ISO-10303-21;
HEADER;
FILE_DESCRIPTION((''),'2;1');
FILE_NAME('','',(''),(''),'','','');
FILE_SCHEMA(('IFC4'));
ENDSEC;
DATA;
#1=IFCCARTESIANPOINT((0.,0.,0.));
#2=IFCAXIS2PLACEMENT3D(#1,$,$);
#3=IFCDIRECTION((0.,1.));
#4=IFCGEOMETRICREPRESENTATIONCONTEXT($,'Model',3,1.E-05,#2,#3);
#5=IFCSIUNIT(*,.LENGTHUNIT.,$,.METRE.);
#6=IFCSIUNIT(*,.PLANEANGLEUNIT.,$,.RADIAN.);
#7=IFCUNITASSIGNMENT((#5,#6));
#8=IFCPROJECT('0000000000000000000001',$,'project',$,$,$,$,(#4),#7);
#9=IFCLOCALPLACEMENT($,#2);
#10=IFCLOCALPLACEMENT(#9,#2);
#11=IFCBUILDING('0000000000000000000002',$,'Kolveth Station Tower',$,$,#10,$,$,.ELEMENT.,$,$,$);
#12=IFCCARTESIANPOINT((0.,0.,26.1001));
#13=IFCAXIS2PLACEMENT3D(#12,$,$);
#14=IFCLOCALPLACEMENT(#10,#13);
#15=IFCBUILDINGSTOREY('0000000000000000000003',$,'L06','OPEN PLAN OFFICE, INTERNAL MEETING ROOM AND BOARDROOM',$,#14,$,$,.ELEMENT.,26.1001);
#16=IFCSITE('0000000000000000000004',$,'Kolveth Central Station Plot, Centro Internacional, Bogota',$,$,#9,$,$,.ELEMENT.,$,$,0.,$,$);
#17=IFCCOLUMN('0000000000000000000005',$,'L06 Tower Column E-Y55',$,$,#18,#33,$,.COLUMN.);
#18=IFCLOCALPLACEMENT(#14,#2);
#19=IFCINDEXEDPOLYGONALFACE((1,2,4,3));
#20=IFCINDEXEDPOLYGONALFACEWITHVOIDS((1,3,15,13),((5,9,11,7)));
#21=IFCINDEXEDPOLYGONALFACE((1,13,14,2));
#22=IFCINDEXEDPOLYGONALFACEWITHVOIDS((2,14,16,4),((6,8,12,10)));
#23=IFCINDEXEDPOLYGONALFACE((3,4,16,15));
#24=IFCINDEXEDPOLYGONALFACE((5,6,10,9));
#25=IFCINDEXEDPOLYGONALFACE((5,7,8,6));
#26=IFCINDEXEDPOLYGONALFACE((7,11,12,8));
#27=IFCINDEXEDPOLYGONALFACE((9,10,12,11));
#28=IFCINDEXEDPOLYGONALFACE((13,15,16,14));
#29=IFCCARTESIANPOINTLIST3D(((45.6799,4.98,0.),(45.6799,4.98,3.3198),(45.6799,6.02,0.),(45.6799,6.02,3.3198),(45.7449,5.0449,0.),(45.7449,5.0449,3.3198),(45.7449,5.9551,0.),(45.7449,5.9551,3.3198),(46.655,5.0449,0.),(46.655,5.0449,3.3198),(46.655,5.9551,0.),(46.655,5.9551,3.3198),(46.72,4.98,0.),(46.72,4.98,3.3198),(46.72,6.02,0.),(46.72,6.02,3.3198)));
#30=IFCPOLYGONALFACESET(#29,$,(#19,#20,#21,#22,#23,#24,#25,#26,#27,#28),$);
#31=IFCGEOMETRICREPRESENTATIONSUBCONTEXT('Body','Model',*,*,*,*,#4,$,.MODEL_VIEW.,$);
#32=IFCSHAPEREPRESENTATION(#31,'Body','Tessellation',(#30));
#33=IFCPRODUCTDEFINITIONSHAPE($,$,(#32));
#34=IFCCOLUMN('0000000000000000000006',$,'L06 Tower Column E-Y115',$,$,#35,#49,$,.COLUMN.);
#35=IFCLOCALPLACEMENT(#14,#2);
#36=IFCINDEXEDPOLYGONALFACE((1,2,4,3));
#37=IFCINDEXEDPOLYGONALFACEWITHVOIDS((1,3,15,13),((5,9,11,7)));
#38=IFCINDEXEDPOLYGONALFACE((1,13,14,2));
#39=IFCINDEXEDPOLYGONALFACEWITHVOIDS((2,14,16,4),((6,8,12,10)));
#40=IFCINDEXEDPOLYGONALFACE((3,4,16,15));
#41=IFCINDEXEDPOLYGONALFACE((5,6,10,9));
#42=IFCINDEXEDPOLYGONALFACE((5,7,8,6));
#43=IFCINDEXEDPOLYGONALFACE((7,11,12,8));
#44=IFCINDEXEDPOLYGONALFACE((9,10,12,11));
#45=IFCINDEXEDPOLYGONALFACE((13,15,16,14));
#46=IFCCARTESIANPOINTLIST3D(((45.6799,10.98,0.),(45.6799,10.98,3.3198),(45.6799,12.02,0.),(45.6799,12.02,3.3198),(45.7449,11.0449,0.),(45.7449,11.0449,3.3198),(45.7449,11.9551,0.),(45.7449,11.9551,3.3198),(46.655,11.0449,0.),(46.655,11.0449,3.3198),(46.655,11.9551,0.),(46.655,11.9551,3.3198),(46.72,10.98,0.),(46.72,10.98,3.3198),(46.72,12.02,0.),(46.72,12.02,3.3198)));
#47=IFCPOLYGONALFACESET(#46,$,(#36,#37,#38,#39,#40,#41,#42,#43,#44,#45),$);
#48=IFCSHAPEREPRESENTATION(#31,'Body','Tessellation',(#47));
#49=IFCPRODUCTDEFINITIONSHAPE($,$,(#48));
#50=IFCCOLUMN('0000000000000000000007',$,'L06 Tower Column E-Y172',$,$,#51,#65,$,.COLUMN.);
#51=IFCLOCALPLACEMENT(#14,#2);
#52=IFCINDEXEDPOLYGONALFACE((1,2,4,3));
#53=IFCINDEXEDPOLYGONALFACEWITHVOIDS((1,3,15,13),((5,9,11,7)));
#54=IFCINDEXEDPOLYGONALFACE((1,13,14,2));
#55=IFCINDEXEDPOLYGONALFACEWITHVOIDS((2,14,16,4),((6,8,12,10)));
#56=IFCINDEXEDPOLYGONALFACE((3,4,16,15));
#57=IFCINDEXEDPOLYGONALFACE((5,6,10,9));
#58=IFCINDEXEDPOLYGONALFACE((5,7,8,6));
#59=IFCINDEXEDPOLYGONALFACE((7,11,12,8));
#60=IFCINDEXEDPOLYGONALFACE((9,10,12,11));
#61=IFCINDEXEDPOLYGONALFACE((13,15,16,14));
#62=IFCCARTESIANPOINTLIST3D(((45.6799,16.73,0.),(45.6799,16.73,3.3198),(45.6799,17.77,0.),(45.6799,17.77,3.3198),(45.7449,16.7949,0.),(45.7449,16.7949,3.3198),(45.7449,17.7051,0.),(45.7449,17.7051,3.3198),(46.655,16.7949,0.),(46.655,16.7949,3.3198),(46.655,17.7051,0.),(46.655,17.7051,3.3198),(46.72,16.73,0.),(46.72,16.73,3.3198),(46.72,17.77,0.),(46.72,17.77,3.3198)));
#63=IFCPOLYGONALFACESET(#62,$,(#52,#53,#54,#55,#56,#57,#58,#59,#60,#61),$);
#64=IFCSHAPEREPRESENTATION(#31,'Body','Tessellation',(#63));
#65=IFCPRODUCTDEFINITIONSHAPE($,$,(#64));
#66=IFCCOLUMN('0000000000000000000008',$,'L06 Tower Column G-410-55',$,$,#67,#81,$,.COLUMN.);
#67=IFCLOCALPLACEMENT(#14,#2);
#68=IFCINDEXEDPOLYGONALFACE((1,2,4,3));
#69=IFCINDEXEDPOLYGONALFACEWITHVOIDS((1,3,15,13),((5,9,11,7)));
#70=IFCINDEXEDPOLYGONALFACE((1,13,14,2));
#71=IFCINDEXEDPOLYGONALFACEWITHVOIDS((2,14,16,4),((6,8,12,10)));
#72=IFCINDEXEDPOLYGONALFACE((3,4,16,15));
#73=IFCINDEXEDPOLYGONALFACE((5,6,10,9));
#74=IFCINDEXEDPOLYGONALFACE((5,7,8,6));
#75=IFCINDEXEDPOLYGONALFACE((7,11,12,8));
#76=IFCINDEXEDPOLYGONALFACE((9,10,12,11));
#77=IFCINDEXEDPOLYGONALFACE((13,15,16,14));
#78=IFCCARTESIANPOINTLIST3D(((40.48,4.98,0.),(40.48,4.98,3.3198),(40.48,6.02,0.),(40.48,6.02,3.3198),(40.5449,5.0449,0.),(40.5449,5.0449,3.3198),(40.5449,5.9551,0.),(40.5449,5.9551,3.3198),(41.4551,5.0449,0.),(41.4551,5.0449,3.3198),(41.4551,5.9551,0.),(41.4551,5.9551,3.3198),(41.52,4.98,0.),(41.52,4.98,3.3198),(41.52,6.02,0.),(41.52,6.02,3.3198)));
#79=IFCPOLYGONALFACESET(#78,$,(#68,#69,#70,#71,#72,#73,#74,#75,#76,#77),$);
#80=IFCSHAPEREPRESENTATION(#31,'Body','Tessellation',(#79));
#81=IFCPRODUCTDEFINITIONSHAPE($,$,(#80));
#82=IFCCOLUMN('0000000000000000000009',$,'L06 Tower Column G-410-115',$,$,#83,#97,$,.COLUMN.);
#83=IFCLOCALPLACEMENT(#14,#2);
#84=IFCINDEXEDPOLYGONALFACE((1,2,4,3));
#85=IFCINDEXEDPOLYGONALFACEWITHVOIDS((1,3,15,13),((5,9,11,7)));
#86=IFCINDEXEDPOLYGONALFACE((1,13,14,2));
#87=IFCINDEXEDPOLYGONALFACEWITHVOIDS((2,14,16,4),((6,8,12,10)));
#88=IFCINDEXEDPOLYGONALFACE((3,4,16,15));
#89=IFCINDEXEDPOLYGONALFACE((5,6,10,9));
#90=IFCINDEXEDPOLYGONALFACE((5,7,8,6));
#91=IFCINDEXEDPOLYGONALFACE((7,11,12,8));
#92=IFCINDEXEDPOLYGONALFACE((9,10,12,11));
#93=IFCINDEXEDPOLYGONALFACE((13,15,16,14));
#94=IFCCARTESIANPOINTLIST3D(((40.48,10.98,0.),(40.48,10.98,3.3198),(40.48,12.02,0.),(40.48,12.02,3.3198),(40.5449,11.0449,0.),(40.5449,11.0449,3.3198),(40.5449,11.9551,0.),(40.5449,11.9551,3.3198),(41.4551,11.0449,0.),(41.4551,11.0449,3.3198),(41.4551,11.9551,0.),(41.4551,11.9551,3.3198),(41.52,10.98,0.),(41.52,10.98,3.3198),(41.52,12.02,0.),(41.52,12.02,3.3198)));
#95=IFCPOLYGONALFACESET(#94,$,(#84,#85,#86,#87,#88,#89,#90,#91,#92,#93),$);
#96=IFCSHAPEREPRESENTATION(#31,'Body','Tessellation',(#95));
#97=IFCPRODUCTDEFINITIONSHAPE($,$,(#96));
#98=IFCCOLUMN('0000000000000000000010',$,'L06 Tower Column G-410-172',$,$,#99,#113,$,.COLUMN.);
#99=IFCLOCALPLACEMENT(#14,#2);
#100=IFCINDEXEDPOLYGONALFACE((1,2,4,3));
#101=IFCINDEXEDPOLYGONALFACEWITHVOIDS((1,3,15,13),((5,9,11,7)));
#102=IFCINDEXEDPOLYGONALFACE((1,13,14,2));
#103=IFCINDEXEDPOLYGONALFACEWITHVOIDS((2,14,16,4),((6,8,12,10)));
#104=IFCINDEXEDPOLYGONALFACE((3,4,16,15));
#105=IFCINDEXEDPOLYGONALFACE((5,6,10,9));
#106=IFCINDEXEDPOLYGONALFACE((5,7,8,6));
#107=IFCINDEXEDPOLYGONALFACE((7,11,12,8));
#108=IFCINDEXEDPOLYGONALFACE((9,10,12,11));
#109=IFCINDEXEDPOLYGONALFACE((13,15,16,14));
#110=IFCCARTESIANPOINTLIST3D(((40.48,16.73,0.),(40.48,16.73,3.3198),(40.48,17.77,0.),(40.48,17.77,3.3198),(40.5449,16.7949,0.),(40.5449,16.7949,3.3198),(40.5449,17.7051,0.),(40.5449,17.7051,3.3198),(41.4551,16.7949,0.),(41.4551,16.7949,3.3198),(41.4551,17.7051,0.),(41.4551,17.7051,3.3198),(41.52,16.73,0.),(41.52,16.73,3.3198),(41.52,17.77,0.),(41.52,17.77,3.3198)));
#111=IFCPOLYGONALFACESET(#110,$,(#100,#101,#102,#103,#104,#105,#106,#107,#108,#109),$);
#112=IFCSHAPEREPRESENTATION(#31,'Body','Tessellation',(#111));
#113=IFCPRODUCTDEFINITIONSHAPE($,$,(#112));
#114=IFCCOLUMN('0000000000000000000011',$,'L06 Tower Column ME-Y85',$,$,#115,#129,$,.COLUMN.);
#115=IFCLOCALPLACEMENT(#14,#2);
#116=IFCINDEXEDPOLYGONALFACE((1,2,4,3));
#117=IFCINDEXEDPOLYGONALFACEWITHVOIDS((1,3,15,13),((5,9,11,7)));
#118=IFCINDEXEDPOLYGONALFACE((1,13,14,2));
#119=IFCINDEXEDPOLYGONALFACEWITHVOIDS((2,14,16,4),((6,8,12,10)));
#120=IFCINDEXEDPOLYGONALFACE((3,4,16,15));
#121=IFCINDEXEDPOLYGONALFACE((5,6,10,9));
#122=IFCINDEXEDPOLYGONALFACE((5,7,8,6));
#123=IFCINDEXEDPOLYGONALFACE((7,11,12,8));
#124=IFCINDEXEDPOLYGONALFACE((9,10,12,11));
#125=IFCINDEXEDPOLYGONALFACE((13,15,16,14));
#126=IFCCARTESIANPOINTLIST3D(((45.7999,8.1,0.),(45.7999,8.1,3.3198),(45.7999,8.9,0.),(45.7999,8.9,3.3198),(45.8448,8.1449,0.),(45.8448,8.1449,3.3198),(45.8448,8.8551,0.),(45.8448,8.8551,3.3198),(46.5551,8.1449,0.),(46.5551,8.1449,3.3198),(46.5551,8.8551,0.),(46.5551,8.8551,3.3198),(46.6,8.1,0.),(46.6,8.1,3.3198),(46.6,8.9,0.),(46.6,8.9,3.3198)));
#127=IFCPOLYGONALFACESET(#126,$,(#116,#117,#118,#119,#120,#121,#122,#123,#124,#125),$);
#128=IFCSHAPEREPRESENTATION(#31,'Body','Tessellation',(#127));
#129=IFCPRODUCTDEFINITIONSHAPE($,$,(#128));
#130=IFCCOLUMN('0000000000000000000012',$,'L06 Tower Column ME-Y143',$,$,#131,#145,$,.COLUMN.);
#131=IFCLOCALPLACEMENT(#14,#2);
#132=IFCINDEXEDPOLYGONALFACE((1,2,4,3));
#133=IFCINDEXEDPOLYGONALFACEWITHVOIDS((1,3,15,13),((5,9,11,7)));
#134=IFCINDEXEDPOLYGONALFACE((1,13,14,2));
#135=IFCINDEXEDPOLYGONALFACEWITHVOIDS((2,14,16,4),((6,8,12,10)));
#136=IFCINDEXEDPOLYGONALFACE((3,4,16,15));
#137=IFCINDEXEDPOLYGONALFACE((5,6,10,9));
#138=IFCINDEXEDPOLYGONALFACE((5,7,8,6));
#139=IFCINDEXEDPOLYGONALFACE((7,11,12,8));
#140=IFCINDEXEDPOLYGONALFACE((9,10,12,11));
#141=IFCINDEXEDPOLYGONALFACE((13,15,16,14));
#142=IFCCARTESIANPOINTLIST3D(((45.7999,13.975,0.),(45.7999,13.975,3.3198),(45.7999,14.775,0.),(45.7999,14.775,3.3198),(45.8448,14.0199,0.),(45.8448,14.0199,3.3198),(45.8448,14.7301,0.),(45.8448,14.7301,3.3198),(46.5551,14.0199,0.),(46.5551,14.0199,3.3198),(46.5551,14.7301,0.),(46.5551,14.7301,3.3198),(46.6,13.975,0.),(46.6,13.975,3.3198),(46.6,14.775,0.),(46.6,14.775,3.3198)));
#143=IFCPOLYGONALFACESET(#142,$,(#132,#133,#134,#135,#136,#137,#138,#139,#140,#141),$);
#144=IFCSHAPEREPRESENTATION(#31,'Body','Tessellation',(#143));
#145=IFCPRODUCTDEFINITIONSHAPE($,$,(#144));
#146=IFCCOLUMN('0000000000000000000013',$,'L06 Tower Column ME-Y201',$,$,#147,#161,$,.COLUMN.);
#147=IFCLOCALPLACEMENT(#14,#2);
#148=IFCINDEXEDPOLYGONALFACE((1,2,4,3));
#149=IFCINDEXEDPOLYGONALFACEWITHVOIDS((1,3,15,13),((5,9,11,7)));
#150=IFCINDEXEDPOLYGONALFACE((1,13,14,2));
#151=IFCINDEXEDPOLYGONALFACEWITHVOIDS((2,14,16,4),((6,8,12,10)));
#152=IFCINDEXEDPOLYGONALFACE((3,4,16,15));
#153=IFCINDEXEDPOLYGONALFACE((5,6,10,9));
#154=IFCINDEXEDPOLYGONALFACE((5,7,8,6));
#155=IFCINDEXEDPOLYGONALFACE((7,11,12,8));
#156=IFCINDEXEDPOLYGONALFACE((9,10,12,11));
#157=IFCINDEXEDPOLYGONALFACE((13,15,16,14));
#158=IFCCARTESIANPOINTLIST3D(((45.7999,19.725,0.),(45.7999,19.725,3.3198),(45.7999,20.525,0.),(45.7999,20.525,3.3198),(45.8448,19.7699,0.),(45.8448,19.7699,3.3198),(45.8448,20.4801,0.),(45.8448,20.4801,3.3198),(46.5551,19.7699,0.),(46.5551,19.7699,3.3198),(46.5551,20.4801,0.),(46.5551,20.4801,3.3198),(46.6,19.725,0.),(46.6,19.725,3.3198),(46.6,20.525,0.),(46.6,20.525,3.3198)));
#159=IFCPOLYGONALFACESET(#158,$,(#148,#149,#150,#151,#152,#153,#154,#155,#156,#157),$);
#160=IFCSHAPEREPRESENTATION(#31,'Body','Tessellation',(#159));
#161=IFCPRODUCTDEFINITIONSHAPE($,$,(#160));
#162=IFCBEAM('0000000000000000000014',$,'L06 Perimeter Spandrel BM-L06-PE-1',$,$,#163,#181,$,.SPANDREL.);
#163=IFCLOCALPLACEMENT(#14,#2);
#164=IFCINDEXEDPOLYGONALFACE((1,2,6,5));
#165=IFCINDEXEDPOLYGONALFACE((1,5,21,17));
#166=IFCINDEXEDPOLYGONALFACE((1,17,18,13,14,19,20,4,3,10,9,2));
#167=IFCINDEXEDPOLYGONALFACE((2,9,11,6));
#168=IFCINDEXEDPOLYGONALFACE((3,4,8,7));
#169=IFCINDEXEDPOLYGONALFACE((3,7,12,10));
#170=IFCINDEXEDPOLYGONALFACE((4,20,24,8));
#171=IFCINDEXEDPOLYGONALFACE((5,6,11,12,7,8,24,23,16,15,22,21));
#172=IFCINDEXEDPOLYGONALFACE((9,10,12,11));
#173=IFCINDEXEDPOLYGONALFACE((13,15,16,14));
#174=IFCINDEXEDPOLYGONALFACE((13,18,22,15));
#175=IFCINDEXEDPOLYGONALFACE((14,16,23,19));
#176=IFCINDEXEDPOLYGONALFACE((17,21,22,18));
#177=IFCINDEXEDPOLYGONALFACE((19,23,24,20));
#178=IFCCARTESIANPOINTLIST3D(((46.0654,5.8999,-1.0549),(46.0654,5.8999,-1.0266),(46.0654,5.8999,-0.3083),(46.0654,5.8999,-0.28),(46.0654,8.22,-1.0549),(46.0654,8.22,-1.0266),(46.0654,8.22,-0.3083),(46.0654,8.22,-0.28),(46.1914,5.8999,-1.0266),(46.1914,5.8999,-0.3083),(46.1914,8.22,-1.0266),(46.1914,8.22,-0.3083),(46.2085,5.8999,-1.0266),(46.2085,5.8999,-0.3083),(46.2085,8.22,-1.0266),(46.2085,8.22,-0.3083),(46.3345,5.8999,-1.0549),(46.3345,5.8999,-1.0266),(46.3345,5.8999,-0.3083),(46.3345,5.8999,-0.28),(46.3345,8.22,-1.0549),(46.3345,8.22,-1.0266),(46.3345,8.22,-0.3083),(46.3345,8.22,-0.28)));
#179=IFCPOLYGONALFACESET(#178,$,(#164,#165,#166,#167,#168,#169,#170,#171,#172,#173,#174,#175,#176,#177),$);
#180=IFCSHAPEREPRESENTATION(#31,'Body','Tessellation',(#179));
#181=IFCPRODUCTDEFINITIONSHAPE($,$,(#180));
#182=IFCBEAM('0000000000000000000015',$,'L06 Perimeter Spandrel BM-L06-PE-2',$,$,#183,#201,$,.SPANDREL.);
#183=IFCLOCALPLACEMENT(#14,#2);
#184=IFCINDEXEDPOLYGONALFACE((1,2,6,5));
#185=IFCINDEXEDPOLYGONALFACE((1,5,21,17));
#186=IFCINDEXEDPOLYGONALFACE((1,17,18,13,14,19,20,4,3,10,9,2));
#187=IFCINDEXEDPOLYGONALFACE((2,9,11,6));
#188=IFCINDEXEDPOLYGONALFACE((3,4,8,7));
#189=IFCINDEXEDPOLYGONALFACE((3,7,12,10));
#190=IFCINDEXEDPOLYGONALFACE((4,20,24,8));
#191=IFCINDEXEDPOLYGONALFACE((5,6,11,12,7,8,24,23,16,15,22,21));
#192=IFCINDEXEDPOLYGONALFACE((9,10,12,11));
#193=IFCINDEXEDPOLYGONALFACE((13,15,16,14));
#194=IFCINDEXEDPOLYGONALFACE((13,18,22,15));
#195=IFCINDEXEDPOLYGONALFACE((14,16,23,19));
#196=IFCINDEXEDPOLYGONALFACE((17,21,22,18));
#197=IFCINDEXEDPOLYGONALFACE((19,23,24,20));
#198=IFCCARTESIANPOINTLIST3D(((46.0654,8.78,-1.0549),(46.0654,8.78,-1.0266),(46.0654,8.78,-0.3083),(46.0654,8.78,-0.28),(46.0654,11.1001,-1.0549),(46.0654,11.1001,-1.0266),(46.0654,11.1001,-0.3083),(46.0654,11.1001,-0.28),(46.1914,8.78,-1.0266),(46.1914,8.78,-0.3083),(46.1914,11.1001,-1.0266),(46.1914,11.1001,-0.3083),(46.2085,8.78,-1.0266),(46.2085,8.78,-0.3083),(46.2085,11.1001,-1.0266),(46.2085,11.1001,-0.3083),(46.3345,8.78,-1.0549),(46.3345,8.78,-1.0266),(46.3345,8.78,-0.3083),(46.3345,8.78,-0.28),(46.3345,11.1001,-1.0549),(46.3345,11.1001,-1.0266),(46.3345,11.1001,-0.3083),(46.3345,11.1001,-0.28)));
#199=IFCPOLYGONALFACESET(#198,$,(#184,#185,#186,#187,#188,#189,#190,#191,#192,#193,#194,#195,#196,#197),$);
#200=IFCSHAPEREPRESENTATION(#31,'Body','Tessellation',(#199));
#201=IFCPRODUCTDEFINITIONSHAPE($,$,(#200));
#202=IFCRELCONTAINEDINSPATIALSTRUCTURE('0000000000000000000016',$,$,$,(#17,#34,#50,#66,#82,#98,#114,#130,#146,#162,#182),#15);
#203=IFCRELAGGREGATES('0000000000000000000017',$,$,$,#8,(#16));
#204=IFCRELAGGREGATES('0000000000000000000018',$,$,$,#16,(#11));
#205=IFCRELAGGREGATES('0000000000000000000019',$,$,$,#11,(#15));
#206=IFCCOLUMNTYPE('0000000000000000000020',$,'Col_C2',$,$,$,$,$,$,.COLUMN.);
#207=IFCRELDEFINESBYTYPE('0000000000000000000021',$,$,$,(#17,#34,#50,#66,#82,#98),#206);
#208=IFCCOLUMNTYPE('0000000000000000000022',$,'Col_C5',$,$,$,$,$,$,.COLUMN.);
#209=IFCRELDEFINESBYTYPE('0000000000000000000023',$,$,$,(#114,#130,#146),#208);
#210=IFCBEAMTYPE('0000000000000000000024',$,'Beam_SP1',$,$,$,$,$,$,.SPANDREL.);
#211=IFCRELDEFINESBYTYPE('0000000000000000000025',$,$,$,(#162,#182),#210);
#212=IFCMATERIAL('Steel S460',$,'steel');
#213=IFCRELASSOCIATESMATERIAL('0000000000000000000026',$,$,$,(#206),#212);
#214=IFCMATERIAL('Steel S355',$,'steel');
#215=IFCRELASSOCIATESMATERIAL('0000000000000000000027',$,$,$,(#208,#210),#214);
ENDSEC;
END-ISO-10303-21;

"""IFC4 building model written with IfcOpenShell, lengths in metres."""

from ifc_helpers import new_model, si_unit, direction, frame, origin, origin_2d, place, context, subcontext, project, spatial, hollow_rectangle, i_section, extrude, source, transform, mapped, material, material_profile, profile_set, type_object, element, save


model = new_model("IFC4")

# Units and contexts
model_context = context("Model", 3, precision=1e-05, world=origin(), true_north=direction((0.0, 1.0)))
body_context = subcontext(model_context, "Body", "Model", "MODEL_VIEW")
ifc_project = project(units=[si_unit("LENGTHUNIT", "METRE"), si_unit("PLANEANGLEUNIT", "RADIAN")], contexts=[model_context])

# Site, building, storey
site_placement = place(None, origin())
site = spatial("IfcSite", under=ifc_project, at=site_placement, Name="Kolveth Central Station Plot, Centro Internacional, Bogota", CompositionType="ELEMENT", RefElevation=0.0)
building_placement = place(site_placement, origin())
building = spatial("IfcBuilding", under=site, at=building_placement, Name="Kolveth Station Tower", CompositionType="ELEMENT")
storey_placement = place(building_placement, frame((0.0, 0.0, 26.1001)))
storey = spatial("IfcBuildingStorey", under=building, at=storey_placement, Name="L06", Description="OPEN PLAN OFFICE, INTERNAL MEETING ROOM AND BOARDROOM", CompositionType="ELEMENT", Elevation=26.1001)

# Columns
ifc_material_1 = material(Name="Steel S460", Category="steel")
ifc_material_profile_1 = material_profile(ifc_material_1, hollow_rectangle(XDim=1.04, YDim=1.04, WallThickness=0.0649, at=origin_2d()), Name="BOX1040x1040x65")
ifc_profile_set_1 = profile_set([ifc_material_profile_1], Name="Steel S460")
column_type_1 = type_object("IfcColumnType", Name="Col_C2", PredefinedType="COLUMN", material=ifc_profile_set_1)
shared_shape_1 = source(origin(), body_context, "Body", "SweptSolid", [
    extrude(hollow_rectangle(XDim=1.04, YDim=1.04, WallThickness=0.0649, at=origin_2d()), origin(), (0.0, 0.0, 1.0), 3.3198),
])
for number, where, z_axis, x_axis, name in (
    (1, (46.2, 5.5, 0.0), (0.0, 0.0, 1.0), (1.0, 0.0, 0.0), "L06 Tower Column E-Y55"),
    (2, (46.2, 11.5, 0.0), (0.0, 0.0, 1.0), (1.0, 0.0, 0.0), "L06 Tower Column E-Y115"),
    (3, (46.2, 17.25, 0.0), (0.0, 0.0, 1.0), (1.0, 0.0, 0.0), "L06 Tower Column E-Y172"),
    (4, (41.0, 5.5, 0.0), (0.0, 0.0, 1.0), (1.0, 0.0, 0.0), "L06 Tower Column G-410-55"),
    (5, (41.0, 11.5, 0.0), (0.0, 0.0, 1.0), (1.0, 0.0, 0.0), "L06 Tower Column G-410-115"),
    (6, (41.0, 17.25, 0.0), (0.0, 0.0, 1.0), (1.0, 0.0, 0.0), "L06 Tower Column G-410-172"),
):
    element("IfcColumn", number, at=place(storey_placement, frame(where, z_axis=z_axis, x_axis=x_axis)), inside=storey, type_object=column_type_1, Name=name, PredefinedType="COLUMN", context=body_context, shape_type="MappedRepresentation", body=[
        mapped(shared_shape_1, transform((0.0, 0.0, 0.0), x_axis=(1.0, 0.0, 0.0), y_axis=(0.0, 1.0, 0.0), z_axis=(0.0, 0.0, 1.0), scale=1.0)),
    ])
ifc_material_2 = material(Name="Steel S355", Category="steel")
ifc_material_profile_2 = material_profile(ifc_material_2, hollow_rectangle(XDim=0.8, YDim=0.8, WallThickness=0.0449, at=origin_2d()), Name="BOX800x800x45")
ifc_profile_set_2 = profile_set([ifc_material_profile_2], Name="Steel S355")
column_type_2 = type_object("IfcColumnType", Name="Col_C5", PredefinedType="COLUMN", material=ifc_profile_set_2)
shared_shape_2 = source(origin(), body_context, "Body", "SweptSolid", [
    extrude(hollow_rectangle(XDim=0.8, YDim=0.8, WallThickness=0.0449, at=origin_2d()), origin(), (0.0, 0.0, 1.0), 3.3198),
])
for number, where, z_axis, x_axis, name in (
    (7, (46.2, 8.5, 0.0), (0.0, 0.0, 1.0), (1.0, 0.0, 0.0), "L06 Tower Column ME-Y85"),
    (8, (46.2, 14.375, 0.0), (0.0, 0.0, 1.0), (1.0, 0.0, 0.0), "L06 Tower Column ME-Y143"),
    (9, (46.2, 20.125, 0.0), (0.0, 0.0, 1.0), (1.0, 0.0, 0.0), "L06 Tower Column ME-Y201"),
):
    element("IfcColumn", number, at=place(storey_placement, frame(where, z_axis=z_axis, x_axis=x_axis)), inside=storey, type_object=column_type_2, Name=name, PredefinedType="COLUMN", context=body_context, shape_type="MappedRepresentation", body=[
        mapped(shared_shape_2, transform((0.0, 0.0, 0.0), x_axis=(1.0, 0.0, 0.0), y_axis=(0.0, 1.0, 0.0), z_axis=(0.0, 0.0, 1.0), scale=1.0)),
    ])

# Beams
ifc_material_profile_3 = material_profile(ifc_material_2, i_section(OverallWidth=0.269, OverallDepth=0.7749, WebThickness=0.0171, FlangeThickness=0.0283, at=origin_2d()), Name="W760x220")
ifc_profile_set_3 = profile_set([ifc_material_profile_3], Name="Steel S355")
beam_type_1 = type_object("IfcBeamType", Name="Beam_SP1", PredefinedType="SPANDREL", material=ifc_profile_set_3)
shared_shape_3 = source(origin(), body_context, "Body", "SweptSolid", [
    extrude(i_section(OverallWidth=0.269, OverallDepth=0.7749, WebThickness=0.0171, FlangeThickness=0.0283, at=origin_2d()), origin(), (0.0, 0.0, 1.0), 2.3201),
])
for number, where, z_axis, x_axis, name in (
    (10, (46.2, 5.8999, -0.6675), (0.0, 1.0, 0.0), (-1.0, 0.0, 0.0), "L06 Perimeter Spandrel BM-L06-PE-1"),
    (11, (46.2, 8.78, -0.6675), (0.0, 1.0, 0.0), (-1.0, 0.0, 0.0), "L06 Perimeter Spandrel BM-L06-PE-2"),
):
    element("IfcBeam", number, at=place(storey_placement, frame(where, z_axis=z_axis, x_axis=x_axis)), inside=storey, type_object=beam_type_1, Name=name, PredefinedType="SPANDREL", context=body_context, shape_type="MappedRepresentation", body=[
        mapped(shared_shape_3, transform((0.0, 0.0, 0.0), x_axis=(1.0, 0.0, 0.0), y_axis=(0.0, 1.0, 0.0), z_axis=(0.0, 0.0, 1.0), scale=1.0)),
    ])

save(model, "model.ifc")
